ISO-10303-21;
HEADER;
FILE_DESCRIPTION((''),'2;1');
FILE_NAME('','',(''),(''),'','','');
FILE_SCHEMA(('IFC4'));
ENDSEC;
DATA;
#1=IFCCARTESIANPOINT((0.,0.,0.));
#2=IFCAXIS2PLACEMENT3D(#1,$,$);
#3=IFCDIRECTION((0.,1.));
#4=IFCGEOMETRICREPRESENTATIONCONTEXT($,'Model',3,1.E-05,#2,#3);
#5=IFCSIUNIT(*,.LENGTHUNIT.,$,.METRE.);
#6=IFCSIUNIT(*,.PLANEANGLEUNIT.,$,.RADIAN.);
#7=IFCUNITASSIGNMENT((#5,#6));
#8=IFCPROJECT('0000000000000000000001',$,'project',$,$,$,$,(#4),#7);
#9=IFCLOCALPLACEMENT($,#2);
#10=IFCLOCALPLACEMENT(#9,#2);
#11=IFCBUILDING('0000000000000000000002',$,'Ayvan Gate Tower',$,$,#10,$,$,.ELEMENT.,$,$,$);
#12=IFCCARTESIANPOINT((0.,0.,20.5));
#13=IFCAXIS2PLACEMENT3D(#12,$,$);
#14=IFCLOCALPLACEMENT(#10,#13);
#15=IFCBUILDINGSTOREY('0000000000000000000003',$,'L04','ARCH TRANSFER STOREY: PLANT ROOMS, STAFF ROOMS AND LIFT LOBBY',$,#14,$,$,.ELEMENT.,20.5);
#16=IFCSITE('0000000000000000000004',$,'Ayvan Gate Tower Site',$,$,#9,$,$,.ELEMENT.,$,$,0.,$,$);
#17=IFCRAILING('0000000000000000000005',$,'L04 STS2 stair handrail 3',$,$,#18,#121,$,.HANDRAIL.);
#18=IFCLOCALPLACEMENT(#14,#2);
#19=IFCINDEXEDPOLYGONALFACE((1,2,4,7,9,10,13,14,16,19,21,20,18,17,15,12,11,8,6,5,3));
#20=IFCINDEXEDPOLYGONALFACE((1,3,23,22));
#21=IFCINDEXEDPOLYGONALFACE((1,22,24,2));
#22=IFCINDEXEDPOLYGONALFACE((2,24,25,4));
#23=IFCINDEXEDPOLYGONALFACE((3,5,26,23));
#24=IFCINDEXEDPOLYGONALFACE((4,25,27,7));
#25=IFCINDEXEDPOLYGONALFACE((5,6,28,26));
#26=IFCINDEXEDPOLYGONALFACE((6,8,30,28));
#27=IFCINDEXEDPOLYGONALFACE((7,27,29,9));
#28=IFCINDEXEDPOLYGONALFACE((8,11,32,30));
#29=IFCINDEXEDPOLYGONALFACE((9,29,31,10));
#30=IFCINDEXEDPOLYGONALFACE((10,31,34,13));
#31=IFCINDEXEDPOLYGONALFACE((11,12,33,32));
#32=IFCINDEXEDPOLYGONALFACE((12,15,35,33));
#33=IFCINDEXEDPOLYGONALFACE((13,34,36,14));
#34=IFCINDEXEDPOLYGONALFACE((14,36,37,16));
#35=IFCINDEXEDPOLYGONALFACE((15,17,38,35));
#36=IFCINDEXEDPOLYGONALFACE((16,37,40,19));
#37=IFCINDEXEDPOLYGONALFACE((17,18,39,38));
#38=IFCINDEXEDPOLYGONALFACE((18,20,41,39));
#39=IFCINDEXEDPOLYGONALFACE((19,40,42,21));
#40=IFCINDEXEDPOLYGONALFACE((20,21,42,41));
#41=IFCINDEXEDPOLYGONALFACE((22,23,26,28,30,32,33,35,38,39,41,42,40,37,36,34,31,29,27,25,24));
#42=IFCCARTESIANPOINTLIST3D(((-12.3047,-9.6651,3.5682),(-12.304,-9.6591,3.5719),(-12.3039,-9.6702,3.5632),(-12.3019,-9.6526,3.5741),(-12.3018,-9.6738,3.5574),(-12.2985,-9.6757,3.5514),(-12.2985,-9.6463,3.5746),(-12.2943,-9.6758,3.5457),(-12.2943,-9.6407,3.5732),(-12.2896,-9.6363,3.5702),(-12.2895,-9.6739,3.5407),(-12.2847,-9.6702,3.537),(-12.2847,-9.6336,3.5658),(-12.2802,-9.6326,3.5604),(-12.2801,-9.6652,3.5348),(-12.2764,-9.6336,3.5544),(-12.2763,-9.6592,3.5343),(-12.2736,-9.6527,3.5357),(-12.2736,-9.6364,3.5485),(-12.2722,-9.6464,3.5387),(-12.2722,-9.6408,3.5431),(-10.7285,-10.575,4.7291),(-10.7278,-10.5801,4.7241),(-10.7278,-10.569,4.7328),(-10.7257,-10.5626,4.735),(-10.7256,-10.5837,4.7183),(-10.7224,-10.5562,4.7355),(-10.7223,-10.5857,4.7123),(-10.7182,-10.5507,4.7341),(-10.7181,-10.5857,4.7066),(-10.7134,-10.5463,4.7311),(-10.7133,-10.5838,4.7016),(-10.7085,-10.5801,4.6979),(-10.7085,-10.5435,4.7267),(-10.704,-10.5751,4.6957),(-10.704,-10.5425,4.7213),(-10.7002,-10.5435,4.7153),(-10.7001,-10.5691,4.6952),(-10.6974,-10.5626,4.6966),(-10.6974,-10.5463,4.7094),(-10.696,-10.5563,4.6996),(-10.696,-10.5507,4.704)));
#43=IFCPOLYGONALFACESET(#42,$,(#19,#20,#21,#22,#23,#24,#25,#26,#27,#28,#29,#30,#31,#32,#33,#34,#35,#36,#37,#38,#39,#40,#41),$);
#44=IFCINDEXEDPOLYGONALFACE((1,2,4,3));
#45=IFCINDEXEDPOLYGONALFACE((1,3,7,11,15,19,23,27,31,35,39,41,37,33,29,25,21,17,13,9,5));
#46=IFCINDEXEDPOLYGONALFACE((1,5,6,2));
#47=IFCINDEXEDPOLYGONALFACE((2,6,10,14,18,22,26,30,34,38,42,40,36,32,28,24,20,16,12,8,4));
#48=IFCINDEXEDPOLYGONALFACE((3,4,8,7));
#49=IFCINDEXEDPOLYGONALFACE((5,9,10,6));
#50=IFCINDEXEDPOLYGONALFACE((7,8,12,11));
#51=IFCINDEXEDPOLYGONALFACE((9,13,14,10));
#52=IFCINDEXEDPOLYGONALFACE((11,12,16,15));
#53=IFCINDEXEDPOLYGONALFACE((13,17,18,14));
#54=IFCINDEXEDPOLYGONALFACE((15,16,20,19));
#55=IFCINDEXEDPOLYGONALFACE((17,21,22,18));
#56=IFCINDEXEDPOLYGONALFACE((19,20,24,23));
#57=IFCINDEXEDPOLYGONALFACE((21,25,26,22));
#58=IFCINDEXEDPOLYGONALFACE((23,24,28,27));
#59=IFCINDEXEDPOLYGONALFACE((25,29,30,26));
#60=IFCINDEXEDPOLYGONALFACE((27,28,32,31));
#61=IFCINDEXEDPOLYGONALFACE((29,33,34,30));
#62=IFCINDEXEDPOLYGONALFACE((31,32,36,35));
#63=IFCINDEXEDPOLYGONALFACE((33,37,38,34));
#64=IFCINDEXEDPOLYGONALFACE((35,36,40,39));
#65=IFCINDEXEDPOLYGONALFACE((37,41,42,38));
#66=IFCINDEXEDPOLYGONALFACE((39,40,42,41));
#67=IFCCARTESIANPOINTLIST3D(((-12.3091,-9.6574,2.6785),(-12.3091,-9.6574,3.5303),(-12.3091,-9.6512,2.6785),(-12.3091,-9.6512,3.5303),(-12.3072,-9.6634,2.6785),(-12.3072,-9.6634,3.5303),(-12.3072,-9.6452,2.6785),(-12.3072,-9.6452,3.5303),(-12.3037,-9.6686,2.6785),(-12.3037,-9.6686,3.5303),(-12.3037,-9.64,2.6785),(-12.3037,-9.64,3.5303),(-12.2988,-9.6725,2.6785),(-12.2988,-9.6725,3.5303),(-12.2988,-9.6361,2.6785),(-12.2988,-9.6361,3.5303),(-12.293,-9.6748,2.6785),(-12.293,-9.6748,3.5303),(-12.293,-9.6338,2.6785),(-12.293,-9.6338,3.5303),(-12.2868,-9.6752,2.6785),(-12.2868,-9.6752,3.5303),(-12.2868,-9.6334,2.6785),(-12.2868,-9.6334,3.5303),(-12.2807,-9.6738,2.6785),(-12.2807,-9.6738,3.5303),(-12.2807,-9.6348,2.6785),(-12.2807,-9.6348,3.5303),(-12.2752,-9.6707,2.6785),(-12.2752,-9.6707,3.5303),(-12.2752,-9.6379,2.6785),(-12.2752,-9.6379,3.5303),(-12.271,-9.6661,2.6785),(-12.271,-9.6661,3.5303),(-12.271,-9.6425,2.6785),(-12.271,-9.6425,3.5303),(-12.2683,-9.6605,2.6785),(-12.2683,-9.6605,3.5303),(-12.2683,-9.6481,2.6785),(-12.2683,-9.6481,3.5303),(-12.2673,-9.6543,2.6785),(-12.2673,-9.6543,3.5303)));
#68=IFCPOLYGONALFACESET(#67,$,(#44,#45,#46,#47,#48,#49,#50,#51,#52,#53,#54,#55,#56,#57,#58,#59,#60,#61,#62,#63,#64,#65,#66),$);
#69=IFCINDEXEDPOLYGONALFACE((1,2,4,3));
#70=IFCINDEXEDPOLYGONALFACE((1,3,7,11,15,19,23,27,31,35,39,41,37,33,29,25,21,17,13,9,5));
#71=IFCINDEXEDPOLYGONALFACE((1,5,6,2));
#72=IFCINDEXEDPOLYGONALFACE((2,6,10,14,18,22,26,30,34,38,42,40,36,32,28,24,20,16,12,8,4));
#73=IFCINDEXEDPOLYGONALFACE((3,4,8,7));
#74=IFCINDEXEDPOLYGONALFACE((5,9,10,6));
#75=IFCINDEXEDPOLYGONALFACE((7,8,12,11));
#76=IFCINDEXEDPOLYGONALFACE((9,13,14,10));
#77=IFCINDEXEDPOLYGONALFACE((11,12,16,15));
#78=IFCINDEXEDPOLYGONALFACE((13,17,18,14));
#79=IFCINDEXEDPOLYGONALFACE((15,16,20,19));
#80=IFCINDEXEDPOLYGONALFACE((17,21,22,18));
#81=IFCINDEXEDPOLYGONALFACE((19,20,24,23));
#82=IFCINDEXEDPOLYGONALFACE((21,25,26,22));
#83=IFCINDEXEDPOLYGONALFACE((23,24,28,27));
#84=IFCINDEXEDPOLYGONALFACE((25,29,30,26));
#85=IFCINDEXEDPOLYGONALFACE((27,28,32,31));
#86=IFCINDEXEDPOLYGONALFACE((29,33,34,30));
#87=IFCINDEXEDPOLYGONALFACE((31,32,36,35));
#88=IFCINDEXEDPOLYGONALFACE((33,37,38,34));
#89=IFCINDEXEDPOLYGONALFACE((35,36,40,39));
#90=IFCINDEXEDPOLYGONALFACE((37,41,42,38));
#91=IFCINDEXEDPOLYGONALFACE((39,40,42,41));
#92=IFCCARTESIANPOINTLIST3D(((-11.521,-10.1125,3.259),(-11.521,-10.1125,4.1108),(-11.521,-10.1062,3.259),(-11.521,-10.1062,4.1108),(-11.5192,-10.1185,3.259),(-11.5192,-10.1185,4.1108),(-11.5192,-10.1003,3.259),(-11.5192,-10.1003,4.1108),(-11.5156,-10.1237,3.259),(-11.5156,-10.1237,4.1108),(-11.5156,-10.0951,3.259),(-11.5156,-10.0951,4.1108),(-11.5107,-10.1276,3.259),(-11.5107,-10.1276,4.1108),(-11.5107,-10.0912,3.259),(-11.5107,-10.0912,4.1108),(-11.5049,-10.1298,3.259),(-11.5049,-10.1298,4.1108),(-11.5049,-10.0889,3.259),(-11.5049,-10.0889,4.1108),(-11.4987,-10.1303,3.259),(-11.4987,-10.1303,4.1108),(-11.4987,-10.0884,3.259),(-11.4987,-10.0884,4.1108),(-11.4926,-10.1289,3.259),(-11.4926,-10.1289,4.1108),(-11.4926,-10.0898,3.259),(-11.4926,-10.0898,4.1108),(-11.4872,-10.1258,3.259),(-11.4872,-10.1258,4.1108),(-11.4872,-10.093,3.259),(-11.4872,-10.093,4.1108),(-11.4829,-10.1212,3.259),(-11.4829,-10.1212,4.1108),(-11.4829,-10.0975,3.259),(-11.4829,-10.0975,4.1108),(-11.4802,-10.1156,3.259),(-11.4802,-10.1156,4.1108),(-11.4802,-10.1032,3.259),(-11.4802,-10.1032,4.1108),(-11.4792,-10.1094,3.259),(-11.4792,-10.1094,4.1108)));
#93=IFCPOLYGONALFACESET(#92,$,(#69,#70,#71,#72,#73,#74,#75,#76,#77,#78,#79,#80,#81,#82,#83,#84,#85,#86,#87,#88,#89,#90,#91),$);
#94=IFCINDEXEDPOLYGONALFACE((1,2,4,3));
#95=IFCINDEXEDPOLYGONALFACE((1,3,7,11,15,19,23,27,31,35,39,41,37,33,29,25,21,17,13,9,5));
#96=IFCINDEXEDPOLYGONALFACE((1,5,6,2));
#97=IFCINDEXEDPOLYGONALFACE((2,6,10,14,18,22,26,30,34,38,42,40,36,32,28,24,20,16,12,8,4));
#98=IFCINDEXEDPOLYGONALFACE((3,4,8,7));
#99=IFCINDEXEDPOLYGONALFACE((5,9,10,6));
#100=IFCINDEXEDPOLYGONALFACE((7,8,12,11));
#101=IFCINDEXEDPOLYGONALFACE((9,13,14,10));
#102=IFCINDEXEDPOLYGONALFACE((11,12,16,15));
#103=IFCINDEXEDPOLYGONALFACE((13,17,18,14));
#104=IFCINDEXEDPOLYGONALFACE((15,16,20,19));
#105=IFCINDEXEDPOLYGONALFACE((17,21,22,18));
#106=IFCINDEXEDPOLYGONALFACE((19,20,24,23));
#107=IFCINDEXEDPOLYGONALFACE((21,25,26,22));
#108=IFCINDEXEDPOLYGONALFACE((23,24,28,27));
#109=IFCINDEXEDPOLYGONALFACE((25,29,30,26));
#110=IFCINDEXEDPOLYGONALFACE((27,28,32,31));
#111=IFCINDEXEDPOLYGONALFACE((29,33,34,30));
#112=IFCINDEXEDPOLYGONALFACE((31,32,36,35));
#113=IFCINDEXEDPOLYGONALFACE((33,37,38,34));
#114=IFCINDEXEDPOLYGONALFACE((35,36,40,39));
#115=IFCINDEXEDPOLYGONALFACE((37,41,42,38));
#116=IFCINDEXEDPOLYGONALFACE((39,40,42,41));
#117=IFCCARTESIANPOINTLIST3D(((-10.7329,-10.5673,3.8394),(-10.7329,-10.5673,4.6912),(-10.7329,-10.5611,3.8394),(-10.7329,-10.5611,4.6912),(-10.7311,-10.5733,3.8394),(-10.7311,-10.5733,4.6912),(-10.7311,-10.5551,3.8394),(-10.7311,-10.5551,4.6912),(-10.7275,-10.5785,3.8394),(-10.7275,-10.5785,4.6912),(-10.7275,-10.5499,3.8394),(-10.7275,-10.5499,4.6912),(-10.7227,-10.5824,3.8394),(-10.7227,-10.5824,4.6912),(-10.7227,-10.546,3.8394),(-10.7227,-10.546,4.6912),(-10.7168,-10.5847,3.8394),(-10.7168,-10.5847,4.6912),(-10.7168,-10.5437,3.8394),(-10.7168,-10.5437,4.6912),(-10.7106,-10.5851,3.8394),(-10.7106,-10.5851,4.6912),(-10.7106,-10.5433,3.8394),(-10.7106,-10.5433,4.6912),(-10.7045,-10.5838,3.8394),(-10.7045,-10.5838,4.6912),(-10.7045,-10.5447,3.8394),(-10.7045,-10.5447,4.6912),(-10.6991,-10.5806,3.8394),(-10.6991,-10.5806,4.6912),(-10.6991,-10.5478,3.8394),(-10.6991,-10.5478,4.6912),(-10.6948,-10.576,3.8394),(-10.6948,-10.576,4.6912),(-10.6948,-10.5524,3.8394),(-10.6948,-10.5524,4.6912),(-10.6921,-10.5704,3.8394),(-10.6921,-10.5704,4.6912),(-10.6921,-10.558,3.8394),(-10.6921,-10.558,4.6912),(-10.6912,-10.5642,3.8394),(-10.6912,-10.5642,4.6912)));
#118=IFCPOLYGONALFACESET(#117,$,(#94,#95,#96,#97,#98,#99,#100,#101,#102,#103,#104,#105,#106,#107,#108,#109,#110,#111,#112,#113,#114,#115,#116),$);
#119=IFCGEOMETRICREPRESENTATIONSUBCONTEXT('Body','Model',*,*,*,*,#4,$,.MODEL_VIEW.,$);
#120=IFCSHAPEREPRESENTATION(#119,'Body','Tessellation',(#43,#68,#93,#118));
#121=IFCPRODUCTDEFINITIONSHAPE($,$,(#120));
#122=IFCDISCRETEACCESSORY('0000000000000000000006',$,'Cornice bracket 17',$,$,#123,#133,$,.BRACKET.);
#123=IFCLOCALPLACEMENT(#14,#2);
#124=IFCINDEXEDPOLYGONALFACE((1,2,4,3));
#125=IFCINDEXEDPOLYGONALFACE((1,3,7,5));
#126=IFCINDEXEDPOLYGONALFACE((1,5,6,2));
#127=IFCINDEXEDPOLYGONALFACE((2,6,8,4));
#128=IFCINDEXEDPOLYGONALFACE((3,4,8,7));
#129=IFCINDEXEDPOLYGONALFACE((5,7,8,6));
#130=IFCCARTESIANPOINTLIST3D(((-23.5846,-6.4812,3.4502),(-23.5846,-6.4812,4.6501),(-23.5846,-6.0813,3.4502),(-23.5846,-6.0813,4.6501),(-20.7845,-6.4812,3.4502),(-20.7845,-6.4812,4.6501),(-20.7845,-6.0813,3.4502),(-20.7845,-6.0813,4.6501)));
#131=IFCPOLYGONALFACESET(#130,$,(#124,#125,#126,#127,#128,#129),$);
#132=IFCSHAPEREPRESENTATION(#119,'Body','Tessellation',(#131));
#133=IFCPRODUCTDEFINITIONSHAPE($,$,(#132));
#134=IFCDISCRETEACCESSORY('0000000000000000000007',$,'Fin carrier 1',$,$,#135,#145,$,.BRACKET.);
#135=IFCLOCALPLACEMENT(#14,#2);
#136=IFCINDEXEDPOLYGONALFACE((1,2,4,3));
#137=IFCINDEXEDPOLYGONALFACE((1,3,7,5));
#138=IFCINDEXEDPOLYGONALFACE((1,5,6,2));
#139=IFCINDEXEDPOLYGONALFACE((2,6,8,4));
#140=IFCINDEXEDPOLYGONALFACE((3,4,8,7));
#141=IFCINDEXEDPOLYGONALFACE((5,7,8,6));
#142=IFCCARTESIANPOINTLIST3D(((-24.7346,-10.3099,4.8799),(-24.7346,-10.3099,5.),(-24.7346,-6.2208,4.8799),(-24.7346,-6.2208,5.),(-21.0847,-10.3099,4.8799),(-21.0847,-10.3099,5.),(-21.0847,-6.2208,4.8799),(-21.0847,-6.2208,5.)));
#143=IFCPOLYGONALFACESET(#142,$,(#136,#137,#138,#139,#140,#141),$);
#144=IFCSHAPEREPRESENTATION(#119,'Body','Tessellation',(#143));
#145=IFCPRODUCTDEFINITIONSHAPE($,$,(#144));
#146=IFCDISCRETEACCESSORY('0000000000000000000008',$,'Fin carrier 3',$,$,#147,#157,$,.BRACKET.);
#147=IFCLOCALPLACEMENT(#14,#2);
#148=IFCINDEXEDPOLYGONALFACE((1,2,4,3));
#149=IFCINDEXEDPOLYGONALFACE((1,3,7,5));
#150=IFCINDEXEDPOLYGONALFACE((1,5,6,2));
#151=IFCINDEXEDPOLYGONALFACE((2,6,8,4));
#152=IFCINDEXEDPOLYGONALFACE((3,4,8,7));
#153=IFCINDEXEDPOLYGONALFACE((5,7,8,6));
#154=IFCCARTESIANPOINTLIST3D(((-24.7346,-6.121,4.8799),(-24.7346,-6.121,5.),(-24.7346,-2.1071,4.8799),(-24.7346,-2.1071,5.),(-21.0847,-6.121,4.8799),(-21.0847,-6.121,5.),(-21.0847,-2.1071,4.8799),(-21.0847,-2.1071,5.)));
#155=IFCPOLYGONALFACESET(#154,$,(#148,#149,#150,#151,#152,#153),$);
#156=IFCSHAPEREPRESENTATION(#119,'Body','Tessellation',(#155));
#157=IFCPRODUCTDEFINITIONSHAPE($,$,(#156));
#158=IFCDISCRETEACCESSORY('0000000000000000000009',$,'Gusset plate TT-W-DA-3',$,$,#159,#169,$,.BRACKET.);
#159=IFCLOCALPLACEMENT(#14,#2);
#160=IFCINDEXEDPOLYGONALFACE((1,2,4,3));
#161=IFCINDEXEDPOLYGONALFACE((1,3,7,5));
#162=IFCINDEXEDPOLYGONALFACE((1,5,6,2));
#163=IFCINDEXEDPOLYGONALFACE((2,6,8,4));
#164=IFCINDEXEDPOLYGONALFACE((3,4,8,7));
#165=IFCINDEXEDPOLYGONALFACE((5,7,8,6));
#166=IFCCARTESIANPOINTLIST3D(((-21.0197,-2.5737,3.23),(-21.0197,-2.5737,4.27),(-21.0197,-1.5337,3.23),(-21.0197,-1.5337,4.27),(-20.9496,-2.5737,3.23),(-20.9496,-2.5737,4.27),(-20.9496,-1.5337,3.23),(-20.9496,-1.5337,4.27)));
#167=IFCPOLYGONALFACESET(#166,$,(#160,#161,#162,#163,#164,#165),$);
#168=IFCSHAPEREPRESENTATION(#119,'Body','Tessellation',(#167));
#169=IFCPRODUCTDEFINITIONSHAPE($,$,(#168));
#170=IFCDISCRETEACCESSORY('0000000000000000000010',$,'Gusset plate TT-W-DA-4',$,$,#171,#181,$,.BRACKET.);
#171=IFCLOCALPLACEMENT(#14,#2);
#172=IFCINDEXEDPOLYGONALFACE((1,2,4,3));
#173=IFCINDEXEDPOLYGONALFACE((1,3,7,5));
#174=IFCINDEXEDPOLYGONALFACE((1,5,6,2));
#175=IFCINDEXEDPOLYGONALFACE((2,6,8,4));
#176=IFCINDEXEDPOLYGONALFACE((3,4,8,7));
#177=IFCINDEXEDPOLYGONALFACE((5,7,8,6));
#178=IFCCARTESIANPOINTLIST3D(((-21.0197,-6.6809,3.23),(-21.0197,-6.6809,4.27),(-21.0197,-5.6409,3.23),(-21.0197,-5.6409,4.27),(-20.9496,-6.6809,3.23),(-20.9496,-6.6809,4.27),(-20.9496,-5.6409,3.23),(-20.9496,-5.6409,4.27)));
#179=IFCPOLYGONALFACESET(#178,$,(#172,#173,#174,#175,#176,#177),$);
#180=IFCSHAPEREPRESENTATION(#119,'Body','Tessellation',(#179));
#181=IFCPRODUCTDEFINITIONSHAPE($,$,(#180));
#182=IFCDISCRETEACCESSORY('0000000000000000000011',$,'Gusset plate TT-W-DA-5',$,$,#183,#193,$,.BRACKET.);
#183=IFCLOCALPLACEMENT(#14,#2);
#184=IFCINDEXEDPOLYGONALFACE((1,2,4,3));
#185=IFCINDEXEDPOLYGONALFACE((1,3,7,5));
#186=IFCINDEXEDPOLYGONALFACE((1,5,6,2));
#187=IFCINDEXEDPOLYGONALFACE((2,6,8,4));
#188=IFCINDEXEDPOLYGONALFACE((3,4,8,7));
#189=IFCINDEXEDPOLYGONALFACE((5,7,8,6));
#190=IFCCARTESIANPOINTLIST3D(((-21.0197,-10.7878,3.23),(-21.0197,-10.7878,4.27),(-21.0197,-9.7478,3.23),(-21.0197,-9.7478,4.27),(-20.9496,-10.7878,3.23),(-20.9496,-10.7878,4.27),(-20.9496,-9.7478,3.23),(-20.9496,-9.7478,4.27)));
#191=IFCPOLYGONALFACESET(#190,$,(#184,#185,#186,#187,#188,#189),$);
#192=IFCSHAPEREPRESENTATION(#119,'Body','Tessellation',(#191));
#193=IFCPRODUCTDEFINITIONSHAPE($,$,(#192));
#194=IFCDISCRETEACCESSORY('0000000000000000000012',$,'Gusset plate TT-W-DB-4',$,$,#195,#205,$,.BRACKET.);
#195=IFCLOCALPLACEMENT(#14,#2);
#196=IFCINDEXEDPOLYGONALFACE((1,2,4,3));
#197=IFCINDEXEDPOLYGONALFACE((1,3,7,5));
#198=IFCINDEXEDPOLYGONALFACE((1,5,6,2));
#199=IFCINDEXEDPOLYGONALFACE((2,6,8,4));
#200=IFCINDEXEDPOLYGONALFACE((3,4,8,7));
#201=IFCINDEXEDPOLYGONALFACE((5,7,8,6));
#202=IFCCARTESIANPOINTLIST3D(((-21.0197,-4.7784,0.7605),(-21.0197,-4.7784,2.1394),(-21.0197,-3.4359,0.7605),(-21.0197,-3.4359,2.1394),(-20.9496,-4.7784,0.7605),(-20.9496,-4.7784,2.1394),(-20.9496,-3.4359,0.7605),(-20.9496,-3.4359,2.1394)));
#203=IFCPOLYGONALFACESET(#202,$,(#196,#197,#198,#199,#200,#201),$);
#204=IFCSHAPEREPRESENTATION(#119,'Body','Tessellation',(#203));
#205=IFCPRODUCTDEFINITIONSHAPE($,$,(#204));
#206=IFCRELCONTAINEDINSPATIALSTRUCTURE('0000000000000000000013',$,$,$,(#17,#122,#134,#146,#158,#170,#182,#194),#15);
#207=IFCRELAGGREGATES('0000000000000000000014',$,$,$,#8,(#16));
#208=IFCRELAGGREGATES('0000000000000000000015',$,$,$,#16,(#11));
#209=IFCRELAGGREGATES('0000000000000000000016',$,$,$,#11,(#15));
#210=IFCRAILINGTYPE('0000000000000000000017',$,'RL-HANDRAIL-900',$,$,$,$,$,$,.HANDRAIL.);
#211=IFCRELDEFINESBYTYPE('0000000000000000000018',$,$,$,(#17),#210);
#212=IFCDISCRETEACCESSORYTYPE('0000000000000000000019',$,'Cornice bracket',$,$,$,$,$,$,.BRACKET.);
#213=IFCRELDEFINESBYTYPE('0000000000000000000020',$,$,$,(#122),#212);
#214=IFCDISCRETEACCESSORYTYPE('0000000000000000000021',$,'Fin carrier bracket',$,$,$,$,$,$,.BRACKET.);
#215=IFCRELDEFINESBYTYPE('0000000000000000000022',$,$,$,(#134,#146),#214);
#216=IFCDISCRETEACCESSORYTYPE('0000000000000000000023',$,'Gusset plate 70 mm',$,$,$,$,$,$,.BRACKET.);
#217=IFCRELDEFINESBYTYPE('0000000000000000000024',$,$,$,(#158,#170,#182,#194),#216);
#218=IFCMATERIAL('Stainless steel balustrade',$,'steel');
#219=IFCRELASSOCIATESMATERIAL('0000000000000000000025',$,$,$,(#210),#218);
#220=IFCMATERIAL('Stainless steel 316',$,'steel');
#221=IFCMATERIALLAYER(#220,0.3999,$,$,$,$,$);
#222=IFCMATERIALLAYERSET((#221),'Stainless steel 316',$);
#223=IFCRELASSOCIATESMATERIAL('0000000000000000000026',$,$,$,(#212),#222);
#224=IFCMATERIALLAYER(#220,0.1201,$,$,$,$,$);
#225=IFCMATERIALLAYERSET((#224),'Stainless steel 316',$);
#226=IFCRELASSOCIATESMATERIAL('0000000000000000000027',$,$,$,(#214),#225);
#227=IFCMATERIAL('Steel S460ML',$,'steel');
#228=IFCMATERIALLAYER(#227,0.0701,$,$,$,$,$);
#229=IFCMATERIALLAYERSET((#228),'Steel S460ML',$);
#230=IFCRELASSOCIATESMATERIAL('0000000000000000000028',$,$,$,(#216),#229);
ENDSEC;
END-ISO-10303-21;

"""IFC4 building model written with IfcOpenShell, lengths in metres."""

from ifc_helpers import new_model, si_unit, direction, frame, origin, origin_2d, place, context, subcontext, project, spatial, rectangle, circle, extrude, material, layer, layer_set, type_object, element, save


model = new_model("IFC4")

# Units and contexts
model_context = context("Model", 3, precision=1e-05, world=origin(), true_north=direction((0.0, 1.0)))
body_context = subcontext(model_context, "Body", "Model", "MODEL_VIEW")
ifc_project = project(units=[si_unit("LENGTHUNIT", "METRE"), si_unit("PLANEANGLEUNIT", "RADIAN")], contexts=[model_context])

# Site, building, storey
site_placement = place(None, origin())
site = spatial("IfcSite", under=ifc_project, at=site_placement, Name="Ayvan Gate Tower Site", CompositionType="ELEMENT", RefElevation=0.0)
building_placement = place(site_placement, origin())
building = spatial("IfcBuilding", under=site, at=building_placement, Name="Ayvan Gate Tower", CompositionType="ELEMENT")
storey_placement = place(building_placement, frame((0.0, 0.0, 20.5)))
storey = spatial("IfcBuildingStorey", under=building, at=storey_placement, Name="L04", Description="ARCH TRANSFER STOREY: PLANT ROOMS, STAFF ROOMS AND LIFT LOBBY", CompositionType="ELEMENT", Elevation=20.5)

# Shared definitions
ifc_material_1 = material(Name="Steel S460ML", Category="steel")

# Railing
ifc_material_2 = material(Name="Stainless steel balustrade", Category="steel")
railing_type = type_object("IfcRailingType", Name="RL-HANDRAIL-900", PredefinedType="HANDRAIL", material=ifc_material_2)
railing_placement = place(storey_placement, frame((-12.2883, -9.6543, 2.6785)))
element("IfcRailing", 1, at=railing_placement, inside=storey, type_object=railing_type, Name="L04 STS2 stair handrail 3", PredefinedType="HANDRAIL", context=body_context, shape_type="SweptSolid", body=[
    extrude(circle(Radius=0.0239, at=origin_2d()), frame((0.0, 0.0, 0.876), z_axis=(0.730154, -0.421512, 0.537776), x_axis=(0.499962, 0.866047, 0.0)), (0.0, 0.0, 1.0), 2.1587),
    extrude(circle(Radius=0.021, at=origin_2d()), origin(), (0.0, 0.0, 1.0), 0.8518),
    extrude(circle(Radius=0.021, at=origin_2d()), frame((0.7881, -0.4551, 0.5806)), (0.0, 0.0, 1.0), 0.8518),
    extrude(circle(Radius=0.021, at=origin_2d()), frame((1.5762, -0.9099, 1.1609)), (0.0, 0.0, 1.0), 0.8518),
])

# Discrete accessories
ifc_material_3 = material(Name="Stainless steel 316", Category="steel")
ifc_layer_1 = layer(ifc_material_3, 0.3999)
ifc_layer_set_1 = layer_set([ifc_layer_1], Name="Stainless steel 316")
discrete_accessory_type_1 = type_object("IfcDiscreteAccessoryType", Name="Cornice bracket", PredefinedType="BRACKET", material=ifc_layer_set_1)
discrete_accessory_1_placement = place(storey_placement, frame((-22.1846, -6.2812, 3.4502), z_axis=(0.0, 0.0, 1.0), x_axis=(-1.0, 0.0, 0.0)))
element("IfcDiscreteAccessory", 2, at=discrete_accessory_1_placement, inside=storey, type_object=discrete_accessory_type_1, Name="Cornice bracket 17", PredefinedType="BRACKET", context=body_context, shape_type="SweptSolid", body=[
    extrude(rectangle(XDim=2.8, YDim=0.3999, at=origin_2d()), origin(), (0.0, 0.0, 1.0), 1.2),
])
ifc_layer_2 = layer(ifc_material_3, 0.1201)
ifc_layer_set_2 = layer_set([ifc_layer_2], Name="Stainless steel 316")
discrete_accessory_type_2 = type_object("IfcDiscreteAccessoryType", Name="Fin carrier bracket", PredefinedType="BRACKET", material=ifc_layer_set_2)
discrete_accessory_2_placement = place(storey_placement, frame((-22.9097, -8.2654, 4.8799), z_axis=(0.0, 0.0, 1.0), x_axis=(0.0, -1.0, 0.0)))
element("IfcDiscreteAccessory", 3, at=discrete_accessory_2_placement, inside=storey, type_object=discrete_accessory_type_2, Name="Fin carrier 1", PredefinedType="BRACKET", context=body_context, shape_type="SweptSolid", body=[
    extrude(rectangle(XDim=4.0891, YDim=3.6499, at=origin_2d()), origin(), (0.0, 0.0, 1.0), 0.1201),
])
discrete_accessory_3_placement = place(storey_placement, frame((-22.9097, -4.114, 4.8799), z_axis=(0.0, 0.0, 1.0), x_axis=(0.0, -1.0, 0.0)))
element("IfcDiscreteAccessory", 4, at=discrete_accessory_3_placement, inside=storey, type_object=discrete_accessory_type_2, Name="Fin carrier 3", PredefinedType="BRACKET", context=body_context, shape_type="SweptSolid", body=[
    extrude(rectangle(XDim=4.0139, YDim=3.6499, at=origin_2d()), origin(), (0.0, 0.0, 1.0), 0.1201),
])
ifc_layer_3 = layer(ifc_material_1, 0.0701)
ifc_layer_set_3 = layer_set([ifc_layer_3], Name="Steel S460ML")
discrete_accessory_type_3 = type_object("IfcDiscreteAccessoryType", Name="Gusset plate 70 mm", PredefinedType="BRACKET", material=ifc_layer_set_3)
for number, where, z_axis, x_axis, name in (
    (5, (-20.9846, -2.0537, 3.23), (0.0, 0.0, 1.0), (0.0, 1.0, 0.0), "Gusset plate TT-W-DA-3"),
    (6, (-20.9846, -6.1609, 3.23), (0.0, 0.0, 1.0), (0.0, 1.0, 0.0), "Gusset plate TT-W-DA-4"),
    (7, (-20.9846, -10.2678, 3.23), (0.0, 0.0, 1.0), (0.0, 1.0, 0.0), "Gusset plate TT-W-DA-5"),
):
    element("IfcDiscreteAccessory", number, at=place(storey_placement, frame(where, z_axis=z_axis, x_axis=x_axis)), inside=storey, type_object=discrete_accessory_type_3, Name=name, PredefinedType="BRACKET", context=body_context, shape_type="SweptSolid", body=[
        extrude(rectangle(XDim=1.04, YDim=0.0701, at=origin_2d()), origin(), (0.0, 0.0, 1.0), 1.04),
    ])
for number, where, z_axis, x_axis, name in (
    (8, (-20.9846, -4.1072, 0.7605), (0.0, 0.0, 1.0), (0.0, 1.0, 0.0), "Gusset plate TT-W-DB-4"),
):
    element("IfcDiscreteAccessory", number, at=place(storey_placement, frame(where, z_axis=z_axis, x_axis=x_axis)), inside=storey, type_object=discrete_accessory_type_3, Name=name, PredefinedType="BRACKET", context=body_context, shape_type="SweptSolid", body=[
        extrude(rectangle(XDim=1.3425, YDim=0.0701, at=origin_2d()), origin(), (0.0, 0.0, 1.0), 1.3789),
    ])

save(model, "model.ifc")
